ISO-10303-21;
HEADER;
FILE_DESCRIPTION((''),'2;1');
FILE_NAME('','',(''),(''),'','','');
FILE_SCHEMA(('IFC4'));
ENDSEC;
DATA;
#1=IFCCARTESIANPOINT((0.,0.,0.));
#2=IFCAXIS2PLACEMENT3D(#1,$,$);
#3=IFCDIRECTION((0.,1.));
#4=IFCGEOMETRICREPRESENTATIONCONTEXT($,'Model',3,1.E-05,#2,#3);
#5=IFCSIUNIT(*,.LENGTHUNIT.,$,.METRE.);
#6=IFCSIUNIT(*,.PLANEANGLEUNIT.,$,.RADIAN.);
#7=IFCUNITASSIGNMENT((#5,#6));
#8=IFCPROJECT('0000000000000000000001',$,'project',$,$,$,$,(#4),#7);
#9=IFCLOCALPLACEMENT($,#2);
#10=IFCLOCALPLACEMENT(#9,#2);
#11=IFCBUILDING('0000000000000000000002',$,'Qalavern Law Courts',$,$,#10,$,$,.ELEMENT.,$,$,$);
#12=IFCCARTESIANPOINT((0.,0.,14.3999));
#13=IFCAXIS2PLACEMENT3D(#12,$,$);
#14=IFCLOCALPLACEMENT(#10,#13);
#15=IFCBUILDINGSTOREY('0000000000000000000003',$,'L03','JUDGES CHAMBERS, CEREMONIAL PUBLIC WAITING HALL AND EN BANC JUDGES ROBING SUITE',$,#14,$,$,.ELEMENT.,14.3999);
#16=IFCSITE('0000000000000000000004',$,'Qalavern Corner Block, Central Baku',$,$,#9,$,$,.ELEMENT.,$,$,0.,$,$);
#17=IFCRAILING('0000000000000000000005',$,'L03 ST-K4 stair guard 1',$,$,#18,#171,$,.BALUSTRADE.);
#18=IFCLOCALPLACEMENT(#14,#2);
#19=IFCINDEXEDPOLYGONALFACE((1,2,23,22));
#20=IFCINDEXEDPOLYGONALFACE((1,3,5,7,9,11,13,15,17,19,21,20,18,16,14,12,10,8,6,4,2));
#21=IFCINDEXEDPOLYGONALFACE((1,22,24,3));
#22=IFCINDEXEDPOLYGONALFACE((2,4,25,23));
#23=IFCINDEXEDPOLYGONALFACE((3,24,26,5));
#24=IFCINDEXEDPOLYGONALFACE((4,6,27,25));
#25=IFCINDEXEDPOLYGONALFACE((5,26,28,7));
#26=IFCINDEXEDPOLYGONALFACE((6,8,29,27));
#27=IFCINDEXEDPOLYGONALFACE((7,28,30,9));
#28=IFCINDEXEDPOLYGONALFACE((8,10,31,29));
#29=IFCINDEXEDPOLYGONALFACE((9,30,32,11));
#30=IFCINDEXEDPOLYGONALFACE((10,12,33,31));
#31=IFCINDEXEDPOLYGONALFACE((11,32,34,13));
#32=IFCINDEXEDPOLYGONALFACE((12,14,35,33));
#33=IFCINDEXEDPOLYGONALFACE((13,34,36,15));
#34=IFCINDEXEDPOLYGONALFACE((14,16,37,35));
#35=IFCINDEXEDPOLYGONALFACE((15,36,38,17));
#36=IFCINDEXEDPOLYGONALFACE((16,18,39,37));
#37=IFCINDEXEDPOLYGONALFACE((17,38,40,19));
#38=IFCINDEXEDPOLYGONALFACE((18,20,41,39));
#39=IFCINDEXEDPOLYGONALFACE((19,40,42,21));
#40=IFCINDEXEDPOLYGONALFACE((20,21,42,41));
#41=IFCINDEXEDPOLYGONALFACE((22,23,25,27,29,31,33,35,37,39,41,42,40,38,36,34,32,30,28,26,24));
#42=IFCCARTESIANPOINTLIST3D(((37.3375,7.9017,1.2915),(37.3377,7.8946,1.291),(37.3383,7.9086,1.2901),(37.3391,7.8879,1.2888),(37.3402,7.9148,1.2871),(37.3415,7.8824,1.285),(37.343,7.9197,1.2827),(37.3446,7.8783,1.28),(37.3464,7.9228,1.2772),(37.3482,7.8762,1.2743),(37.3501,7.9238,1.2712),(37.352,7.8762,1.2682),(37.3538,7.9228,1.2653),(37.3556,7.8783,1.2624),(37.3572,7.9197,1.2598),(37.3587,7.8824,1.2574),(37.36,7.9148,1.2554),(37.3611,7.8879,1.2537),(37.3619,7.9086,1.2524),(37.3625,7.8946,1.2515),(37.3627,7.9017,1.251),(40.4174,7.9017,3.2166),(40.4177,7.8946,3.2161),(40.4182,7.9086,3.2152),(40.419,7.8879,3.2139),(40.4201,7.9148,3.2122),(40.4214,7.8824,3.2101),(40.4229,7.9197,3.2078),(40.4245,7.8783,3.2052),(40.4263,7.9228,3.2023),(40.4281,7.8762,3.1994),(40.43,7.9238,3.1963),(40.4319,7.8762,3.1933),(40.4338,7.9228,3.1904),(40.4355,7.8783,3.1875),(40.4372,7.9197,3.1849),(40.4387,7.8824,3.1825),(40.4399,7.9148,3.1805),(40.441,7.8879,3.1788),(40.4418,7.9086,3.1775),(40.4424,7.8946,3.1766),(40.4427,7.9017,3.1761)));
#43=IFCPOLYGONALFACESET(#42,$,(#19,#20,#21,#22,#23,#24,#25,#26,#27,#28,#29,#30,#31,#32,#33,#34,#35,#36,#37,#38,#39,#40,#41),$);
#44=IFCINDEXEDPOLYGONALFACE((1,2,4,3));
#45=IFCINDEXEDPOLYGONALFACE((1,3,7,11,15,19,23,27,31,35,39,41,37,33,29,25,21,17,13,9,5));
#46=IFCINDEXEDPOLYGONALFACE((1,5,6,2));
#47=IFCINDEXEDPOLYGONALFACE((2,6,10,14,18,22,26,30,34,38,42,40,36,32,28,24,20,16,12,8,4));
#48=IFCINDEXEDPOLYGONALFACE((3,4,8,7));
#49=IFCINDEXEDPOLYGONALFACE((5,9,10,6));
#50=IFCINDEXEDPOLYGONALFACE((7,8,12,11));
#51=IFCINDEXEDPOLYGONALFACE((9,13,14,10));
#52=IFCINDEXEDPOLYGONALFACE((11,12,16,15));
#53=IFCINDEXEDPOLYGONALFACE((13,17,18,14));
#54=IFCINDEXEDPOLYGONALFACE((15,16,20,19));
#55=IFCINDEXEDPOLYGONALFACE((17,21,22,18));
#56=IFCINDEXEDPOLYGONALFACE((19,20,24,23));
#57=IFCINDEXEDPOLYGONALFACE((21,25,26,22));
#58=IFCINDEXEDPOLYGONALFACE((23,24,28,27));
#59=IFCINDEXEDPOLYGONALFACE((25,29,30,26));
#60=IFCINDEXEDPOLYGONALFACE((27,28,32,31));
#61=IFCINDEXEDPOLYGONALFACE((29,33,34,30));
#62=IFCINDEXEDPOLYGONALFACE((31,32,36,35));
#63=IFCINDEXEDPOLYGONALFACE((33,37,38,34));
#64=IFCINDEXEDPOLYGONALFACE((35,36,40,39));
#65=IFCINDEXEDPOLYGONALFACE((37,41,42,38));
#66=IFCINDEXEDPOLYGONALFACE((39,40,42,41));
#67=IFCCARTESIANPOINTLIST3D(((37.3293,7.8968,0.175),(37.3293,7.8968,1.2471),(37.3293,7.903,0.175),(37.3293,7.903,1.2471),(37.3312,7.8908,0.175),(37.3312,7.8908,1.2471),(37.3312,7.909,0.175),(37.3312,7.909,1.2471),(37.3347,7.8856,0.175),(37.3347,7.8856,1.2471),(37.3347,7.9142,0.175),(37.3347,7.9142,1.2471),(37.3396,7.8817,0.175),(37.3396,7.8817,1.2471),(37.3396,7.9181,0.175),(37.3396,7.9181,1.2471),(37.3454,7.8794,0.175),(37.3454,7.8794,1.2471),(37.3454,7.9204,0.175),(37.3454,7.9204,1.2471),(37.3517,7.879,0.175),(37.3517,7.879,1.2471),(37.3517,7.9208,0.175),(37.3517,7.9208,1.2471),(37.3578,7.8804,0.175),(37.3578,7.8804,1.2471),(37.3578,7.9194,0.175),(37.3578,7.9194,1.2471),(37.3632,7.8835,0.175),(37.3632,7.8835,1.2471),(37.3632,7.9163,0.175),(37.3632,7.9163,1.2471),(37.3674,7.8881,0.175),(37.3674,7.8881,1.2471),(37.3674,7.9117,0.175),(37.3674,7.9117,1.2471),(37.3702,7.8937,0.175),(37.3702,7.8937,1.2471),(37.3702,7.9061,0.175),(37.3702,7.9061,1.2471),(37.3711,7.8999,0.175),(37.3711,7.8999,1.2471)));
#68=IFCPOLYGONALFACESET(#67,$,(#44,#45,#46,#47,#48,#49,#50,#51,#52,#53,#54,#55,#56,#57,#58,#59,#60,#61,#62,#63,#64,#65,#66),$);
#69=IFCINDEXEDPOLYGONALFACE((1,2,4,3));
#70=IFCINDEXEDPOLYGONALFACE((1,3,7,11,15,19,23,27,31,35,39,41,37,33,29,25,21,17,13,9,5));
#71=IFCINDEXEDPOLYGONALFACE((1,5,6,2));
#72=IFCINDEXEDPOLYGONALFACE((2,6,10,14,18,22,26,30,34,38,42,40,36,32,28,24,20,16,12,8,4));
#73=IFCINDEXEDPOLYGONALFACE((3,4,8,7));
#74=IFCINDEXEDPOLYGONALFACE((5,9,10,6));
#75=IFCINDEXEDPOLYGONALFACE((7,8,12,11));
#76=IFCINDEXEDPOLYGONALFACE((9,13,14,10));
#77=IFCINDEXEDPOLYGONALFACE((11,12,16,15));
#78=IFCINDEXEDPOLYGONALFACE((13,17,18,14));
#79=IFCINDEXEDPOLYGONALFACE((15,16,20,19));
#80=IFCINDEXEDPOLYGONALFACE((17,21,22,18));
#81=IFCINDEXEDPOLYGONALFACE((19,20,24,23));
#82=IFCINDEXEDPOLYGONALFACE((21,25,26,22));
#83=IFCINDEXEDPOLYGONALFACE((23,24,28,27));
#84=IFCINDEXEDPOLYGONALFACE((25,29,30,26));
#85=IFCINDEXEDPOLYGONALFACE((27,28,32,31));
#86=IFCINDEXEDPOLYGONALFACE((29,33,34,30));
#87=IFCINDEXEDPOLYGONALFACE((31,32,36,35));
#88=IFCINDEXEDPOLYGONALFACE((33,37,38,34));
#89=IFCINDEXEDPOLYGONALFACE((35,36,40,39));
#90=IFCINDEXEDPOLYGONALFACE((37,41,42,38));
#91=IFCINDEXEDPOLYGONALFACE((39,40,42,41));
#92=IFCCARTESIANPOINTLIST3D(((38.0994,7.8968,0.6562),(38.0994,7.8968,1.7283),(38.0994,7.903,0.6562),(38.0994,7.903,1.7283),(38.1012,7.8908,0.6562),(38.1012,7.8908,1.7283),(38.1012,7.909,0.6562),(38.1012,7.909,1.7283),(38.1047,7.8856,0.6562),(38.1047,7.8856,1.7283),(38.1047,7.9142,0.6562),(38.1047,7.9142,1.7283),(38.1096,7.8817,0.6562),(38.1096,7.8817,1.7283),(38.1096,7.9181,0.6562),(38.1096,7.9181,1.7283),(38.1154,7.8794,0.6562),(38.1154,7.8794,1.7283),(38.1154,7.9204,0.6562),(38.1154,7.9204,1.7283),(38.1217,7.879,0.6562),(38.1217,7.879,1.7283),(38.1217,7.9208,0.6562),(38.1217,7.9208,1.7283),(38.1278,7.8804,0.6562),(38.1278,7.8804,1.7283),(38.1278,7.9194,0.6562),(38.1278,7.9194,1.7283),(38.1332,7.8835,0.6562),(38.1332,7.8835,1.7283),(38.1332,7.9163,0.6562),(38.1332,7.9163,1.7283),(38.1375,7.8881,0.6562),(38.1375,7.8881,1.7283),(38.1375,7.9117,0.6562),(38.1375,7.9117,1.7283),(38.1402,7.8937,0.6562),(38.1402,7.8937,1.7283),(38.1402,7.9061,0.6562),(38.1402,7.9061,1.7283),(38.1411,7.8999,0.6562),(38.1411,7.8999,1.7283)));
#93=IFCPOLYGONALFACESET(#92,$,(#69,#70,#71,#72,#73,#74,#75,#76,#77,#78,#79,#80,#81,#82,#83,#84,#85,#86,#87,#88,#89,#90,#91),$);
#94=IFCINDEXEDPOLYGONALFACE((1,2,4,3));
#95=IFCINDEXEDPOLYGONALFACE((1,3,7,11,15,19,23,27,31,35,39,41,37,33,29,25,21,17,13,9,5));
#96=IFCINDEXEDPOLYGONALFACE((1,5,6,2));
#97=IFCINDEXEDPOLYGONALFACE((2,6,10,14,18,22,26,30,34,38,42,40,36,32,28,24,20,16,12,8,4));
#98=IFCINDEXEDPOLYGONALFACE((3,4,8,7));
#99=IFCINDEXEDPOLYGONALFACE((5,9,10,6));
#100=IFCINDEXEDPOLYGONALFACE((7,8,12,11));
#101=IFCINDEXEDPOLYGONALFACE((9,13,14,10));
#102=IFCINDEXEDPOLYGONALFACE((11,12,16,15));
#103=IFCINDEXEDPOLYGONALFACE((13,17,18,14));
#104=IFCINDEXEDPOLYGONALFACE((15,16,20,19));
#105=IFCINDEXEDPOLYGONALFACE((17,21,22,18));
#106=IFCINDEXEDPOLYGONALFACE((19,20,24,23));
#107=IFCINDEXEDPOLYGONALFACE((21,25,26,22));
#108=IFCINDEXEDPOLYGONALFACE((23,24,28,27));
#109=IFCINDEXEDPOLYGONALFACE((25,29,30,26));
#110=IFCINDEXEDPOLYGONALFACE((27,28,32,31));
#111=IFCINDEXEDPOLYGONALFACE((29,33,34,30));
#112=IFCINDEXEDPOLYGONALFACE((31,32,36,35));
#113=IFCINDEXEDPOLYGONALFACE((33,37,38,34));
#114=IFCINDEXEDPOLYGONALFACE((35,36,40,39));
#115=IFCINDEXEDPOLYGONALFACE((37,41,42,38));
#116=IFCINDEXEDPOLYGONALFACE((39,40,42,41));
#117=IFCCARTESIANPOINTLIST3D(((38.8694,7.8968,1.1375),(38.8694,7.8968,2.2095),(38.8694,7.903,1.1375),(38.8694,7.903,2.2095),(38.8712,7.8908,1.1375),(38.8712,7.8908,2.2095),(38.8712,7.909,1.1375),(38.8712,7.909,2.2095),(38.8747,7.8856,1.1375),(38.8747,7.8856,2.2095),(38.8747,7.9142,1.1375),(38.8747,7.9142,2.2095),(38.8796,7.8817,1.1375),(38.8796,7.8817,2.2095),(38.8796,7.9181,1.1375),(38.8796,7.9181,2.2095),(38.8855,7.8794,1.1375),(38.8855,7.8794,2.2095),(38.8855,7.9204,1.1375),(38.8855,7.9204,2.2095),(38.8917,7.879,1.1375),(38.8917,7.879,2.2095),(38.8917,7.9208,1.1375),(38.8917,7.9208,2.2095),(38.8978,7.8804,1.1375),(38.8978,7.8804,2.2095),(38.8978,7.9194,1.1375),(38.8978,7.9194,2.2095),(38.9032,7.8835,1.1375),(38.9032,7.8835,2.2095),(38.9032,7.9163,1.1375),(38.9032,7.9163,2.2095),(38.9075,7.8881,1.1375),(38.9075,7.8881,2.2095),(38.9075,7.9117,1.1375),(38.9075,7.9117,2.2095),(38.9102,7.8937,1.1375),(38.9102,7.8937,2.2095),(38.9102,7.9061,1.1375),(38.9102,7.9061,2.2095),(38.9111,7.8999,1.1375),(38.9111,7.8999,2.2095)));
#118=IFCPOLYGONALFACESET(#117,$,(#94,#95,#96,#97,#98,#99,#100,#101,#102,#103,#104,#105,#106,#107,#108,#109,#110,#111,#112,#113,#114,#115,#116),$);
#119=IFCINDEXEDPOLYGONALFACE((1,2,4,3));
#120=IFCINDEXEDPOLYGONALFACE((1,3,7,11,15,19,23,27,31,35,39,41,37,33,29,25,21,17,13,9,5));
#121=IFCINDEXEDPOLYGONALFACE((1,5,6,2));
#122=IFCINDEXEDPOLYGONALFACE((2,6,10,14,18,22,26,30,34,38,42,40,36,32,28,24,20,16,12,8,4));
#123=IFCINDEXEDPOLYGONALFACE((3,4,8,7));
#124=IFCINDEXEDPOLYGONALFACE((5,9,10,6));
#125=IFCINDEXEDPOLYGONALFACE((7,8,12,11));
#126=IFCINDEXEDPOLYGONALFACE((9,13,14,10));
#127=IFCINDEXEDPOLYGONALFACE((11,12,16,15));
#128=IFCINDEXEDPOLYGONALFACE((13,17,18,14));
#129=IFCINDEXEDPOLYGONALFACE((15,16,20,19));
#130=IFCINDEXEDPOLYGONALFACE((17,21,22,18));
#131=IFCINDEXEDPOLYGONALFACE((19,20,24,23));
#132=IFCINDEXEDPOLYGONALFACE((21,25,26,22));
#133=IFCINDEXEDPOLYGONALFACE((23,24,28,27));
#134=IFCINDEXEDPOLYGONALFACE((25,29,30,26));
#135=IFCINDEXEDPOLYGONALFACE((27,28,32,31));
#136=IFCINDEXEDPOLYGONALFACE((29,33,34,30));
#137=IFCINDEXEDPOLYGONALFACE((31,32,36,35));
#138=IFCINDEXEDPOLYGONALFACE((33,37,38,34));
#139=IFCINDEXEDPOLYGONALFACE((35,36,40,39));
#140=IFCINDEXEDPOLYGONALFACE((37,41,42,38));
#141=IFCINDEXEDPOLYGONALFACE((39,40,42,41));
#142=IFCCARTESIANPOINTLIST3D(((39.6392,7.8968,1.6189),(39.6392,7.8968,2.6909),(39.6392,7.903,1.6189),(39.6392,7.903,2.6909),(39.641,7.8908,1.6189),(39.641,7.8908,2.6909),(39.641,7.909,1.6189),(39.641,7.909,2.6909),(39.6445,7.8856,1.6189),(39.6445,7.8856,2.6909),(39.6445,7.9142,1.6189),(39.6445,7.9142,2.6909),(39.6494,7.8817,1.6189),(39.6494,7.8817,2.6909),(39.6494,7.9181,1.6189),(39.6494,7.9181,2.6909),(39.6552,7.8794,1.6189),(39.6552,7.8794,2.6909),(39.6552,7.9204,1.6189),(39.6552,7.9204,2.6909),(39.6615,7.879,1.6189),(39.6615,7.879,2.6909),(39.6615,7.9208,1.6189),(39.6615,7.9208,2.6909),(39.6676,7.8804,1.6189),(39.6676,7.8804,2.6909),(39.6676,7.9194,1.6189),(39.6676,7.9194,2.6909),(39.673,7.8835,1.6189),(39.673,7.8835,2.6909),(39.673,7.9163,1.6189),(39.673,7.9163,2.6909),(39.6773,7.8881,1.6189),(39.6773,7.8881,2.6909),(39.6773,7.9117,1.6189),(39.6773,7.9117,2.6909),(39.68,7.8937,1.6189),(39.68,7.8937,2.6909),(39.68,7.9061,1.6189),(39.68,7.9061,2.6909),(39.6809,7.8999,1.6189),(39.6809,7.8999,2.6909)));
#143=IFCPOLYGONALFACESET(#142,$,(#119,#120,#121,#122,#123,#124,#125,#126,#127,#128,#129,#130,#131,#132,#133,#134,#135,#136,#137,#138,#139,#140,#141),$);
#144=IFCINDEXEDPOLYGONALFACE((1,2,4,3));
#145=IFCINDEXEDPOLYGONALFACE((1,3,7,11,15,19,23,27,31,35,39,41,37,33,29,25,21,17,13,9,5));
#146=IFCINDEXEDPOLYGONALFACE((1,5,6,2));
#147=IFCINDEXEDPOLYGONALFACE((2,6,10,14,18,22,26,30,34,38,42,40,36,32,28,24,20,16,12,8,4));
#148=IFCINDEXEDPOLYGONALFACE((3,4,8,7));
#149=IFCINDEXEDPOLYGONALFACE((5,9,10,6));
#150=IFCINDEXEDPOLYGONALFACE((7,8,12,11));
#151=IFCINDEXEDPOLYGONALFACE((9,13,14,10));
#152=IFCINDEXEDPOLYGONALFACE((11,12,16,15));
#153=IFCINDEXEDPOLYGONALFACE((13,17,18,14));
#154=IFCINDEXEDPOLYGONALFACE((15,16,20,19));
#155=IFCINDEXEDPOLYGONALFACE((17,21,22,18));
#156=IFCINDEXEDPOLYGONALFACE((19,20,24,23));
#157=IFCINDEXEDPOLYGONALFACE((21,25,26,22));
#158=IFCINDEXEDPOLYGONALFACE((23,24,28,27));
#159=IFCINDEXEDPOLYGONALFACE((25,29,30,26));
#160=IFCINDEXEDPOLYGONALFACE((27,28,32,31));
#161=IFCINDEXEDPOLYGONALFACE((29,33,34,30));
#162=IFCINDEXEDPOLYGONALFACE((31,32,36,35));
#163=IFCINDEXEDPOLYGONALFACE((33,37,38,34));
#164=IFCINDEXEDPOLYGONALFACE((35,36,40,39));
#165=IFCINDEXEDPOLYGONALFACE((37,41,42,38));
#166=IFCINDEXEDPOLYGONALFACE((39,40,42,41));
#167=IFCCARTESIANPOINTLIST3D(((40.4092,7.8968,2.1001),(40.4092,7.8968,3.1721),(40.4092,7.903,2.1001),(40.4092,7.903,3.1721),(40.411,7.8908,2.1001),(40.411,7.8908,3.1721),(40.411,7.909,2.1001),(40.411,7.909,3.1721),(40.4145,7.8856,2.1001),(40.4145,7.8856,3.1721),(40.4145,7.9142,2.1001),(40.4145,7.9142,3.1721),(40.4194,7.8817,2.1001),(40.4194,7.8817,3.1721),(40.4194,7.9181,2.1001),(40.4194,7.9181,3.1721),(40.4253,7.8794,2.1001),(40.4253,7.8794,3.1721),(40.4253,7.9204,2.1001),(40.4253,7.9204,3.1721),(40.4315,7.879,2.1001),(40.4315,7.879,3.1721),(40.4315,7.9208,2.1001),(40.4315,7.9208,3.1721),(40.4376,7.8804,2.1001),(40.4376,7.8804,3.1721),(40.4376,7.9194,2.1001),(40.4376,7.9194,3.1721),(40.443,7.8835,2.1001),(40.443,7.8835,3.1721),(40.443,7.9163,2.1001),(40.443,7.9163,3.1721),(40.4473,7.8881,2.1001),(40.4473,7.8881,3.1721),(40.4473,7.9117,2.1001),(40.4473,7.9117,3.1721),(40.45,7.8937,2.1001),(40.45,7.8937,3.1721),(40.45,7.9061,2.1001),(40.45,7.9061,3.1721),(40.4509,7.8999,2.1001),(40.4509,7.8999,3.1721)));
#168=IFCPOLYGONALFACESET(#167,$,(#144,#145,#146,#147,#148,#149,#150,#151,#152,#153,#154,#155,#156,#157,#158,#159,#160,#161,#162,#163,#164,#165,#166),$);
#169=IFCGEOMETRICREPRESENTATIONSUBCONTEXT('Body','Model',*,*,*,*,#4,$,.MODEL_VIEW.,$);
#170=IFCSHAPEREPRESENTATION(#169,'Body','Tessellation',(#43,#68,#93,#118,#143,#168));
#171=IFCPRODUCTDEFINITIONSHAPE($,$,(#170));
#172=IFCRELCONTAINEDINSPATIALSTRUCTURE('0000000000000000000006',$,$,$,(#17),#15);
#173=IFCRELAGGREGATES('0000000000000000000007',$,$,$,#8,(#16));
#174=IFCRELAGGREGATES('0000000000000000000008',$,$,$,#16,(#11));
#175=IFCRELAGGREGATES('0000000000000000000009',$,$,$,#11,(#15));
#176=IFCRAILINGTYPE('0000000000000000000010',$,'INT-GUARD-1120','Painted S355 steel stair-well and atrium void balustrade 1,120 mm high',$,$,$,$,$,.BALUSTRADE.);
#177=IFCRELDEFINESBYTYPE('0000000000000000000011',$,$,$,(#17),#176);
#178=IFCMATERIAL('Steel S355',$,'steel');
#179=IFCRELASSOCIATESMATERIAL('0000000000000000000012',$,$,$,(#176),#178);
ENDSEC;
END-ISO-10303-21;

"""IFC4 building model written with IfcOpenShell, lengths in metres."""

from ifc_helpers import new_model, si_unit, direction, frame, origin, origin_2d, place, context, subcontext, project, spatial, circle, extrude, material, type_object, element, save


model = new_model("IFC4")

# Units and contexts
model_context = context("Model", 3, precision=1e-05, world=origin(), true_north=direction((0.0, 1.0)))
body_context = subcontext(model_context, "Body", "Model", "MODEL_VIEW")
ifc_project = project(units=[si_unit("LENGTHUNIT", "METRE"), si_unit("PLANEANGLEUNIT", "RADIAN")], contexts=[model_context])

# Site, building, storey
site_placement = place(None, origin())
site = spatial("IfcSite", under=ifc_project, at=site_placement, Name="Qalavern Corner Block, Central Baku", CompositionType="ELEMENT", RefElevation=0.0)
building_placement = place(site_placement, origin())
building = spatial("IfcBuilding", under=site, at=building_placement, Name="Qalavern Law Courts", CompositionType="ELEMENT")
storey_placement = place(building_placement, frame((0.0, 0.0, 14.3999)))
storey = spatial("IfcBuildingStorey", under=building, at=storey_placement, Name="L03", Description="JUDGES CHAMBERS, CEREMONIAL PUBLIC WAITING HALL AND EN BANC JUDGES ROBING SUITE", CompositionType="ELEMENT", Elevation=14.3999)

# Shared definitions
ifc_material_1 = material(Name="Steel S355", Category="steel")

# Railing
railing_type_1 = type_object("IfcRailingType", Name="INT-GUARD-1120", Description="Painted S355 steel stair-well and atrium void balustrade 1,120 mm high", PredefinedType="BALUSTRADE", material=ifc_material_1)
railing_1_placement = place(storey_placement, frame((37.3501, 7.8999, 0.175)))
element("IfcRailing", 1, at=railing_1_placement, inside=storey, type_object=railing_type_1, Name="L03 ST-K4 stair guard 1", PredefinedType="BALUSTRADE", context=body_context, shape_type="SweptSolid", body=[
    extrude(circle(Radius=0.0239, at=origin_2d()), frame((0.0, 0.0, 1.0962), z_axis=(0.847979, 0.0, 0.530029), x_axis=(0.0, 1.0, 0.0)), (0.0, 0.0, 1.0), 3.6321),
    extrude(circle(Radius=0.021, at=origin_2d()), origin(), (0.0, 0.0, 1.0), 1.072),
    extrude(circle(Radius=0.021, at=origin_2d()), frame((0.77, 0.0, 0.4812)), (0.0, 0.0, 1.0), 1.072),
    extrude(circle(Radius=0.021, at=origin_2d()), frame((1.54, 0.0, 0.9624)), (0.0, 0.0, 1.0), 1.072),
    extrude(circle(Radius=0.021, at=origin_2d()), frame((2.3098, 0.0, 1.4438)), (0.0, 0.0, 1.0), 1.072),
    extrude(circle(Radius=0.021, at=origin_2d()), frame((3.0798, 0.0, 1.925)), (0.0, 0.0, 1.0), 1.072),
])

save(model, "model.ifc")
